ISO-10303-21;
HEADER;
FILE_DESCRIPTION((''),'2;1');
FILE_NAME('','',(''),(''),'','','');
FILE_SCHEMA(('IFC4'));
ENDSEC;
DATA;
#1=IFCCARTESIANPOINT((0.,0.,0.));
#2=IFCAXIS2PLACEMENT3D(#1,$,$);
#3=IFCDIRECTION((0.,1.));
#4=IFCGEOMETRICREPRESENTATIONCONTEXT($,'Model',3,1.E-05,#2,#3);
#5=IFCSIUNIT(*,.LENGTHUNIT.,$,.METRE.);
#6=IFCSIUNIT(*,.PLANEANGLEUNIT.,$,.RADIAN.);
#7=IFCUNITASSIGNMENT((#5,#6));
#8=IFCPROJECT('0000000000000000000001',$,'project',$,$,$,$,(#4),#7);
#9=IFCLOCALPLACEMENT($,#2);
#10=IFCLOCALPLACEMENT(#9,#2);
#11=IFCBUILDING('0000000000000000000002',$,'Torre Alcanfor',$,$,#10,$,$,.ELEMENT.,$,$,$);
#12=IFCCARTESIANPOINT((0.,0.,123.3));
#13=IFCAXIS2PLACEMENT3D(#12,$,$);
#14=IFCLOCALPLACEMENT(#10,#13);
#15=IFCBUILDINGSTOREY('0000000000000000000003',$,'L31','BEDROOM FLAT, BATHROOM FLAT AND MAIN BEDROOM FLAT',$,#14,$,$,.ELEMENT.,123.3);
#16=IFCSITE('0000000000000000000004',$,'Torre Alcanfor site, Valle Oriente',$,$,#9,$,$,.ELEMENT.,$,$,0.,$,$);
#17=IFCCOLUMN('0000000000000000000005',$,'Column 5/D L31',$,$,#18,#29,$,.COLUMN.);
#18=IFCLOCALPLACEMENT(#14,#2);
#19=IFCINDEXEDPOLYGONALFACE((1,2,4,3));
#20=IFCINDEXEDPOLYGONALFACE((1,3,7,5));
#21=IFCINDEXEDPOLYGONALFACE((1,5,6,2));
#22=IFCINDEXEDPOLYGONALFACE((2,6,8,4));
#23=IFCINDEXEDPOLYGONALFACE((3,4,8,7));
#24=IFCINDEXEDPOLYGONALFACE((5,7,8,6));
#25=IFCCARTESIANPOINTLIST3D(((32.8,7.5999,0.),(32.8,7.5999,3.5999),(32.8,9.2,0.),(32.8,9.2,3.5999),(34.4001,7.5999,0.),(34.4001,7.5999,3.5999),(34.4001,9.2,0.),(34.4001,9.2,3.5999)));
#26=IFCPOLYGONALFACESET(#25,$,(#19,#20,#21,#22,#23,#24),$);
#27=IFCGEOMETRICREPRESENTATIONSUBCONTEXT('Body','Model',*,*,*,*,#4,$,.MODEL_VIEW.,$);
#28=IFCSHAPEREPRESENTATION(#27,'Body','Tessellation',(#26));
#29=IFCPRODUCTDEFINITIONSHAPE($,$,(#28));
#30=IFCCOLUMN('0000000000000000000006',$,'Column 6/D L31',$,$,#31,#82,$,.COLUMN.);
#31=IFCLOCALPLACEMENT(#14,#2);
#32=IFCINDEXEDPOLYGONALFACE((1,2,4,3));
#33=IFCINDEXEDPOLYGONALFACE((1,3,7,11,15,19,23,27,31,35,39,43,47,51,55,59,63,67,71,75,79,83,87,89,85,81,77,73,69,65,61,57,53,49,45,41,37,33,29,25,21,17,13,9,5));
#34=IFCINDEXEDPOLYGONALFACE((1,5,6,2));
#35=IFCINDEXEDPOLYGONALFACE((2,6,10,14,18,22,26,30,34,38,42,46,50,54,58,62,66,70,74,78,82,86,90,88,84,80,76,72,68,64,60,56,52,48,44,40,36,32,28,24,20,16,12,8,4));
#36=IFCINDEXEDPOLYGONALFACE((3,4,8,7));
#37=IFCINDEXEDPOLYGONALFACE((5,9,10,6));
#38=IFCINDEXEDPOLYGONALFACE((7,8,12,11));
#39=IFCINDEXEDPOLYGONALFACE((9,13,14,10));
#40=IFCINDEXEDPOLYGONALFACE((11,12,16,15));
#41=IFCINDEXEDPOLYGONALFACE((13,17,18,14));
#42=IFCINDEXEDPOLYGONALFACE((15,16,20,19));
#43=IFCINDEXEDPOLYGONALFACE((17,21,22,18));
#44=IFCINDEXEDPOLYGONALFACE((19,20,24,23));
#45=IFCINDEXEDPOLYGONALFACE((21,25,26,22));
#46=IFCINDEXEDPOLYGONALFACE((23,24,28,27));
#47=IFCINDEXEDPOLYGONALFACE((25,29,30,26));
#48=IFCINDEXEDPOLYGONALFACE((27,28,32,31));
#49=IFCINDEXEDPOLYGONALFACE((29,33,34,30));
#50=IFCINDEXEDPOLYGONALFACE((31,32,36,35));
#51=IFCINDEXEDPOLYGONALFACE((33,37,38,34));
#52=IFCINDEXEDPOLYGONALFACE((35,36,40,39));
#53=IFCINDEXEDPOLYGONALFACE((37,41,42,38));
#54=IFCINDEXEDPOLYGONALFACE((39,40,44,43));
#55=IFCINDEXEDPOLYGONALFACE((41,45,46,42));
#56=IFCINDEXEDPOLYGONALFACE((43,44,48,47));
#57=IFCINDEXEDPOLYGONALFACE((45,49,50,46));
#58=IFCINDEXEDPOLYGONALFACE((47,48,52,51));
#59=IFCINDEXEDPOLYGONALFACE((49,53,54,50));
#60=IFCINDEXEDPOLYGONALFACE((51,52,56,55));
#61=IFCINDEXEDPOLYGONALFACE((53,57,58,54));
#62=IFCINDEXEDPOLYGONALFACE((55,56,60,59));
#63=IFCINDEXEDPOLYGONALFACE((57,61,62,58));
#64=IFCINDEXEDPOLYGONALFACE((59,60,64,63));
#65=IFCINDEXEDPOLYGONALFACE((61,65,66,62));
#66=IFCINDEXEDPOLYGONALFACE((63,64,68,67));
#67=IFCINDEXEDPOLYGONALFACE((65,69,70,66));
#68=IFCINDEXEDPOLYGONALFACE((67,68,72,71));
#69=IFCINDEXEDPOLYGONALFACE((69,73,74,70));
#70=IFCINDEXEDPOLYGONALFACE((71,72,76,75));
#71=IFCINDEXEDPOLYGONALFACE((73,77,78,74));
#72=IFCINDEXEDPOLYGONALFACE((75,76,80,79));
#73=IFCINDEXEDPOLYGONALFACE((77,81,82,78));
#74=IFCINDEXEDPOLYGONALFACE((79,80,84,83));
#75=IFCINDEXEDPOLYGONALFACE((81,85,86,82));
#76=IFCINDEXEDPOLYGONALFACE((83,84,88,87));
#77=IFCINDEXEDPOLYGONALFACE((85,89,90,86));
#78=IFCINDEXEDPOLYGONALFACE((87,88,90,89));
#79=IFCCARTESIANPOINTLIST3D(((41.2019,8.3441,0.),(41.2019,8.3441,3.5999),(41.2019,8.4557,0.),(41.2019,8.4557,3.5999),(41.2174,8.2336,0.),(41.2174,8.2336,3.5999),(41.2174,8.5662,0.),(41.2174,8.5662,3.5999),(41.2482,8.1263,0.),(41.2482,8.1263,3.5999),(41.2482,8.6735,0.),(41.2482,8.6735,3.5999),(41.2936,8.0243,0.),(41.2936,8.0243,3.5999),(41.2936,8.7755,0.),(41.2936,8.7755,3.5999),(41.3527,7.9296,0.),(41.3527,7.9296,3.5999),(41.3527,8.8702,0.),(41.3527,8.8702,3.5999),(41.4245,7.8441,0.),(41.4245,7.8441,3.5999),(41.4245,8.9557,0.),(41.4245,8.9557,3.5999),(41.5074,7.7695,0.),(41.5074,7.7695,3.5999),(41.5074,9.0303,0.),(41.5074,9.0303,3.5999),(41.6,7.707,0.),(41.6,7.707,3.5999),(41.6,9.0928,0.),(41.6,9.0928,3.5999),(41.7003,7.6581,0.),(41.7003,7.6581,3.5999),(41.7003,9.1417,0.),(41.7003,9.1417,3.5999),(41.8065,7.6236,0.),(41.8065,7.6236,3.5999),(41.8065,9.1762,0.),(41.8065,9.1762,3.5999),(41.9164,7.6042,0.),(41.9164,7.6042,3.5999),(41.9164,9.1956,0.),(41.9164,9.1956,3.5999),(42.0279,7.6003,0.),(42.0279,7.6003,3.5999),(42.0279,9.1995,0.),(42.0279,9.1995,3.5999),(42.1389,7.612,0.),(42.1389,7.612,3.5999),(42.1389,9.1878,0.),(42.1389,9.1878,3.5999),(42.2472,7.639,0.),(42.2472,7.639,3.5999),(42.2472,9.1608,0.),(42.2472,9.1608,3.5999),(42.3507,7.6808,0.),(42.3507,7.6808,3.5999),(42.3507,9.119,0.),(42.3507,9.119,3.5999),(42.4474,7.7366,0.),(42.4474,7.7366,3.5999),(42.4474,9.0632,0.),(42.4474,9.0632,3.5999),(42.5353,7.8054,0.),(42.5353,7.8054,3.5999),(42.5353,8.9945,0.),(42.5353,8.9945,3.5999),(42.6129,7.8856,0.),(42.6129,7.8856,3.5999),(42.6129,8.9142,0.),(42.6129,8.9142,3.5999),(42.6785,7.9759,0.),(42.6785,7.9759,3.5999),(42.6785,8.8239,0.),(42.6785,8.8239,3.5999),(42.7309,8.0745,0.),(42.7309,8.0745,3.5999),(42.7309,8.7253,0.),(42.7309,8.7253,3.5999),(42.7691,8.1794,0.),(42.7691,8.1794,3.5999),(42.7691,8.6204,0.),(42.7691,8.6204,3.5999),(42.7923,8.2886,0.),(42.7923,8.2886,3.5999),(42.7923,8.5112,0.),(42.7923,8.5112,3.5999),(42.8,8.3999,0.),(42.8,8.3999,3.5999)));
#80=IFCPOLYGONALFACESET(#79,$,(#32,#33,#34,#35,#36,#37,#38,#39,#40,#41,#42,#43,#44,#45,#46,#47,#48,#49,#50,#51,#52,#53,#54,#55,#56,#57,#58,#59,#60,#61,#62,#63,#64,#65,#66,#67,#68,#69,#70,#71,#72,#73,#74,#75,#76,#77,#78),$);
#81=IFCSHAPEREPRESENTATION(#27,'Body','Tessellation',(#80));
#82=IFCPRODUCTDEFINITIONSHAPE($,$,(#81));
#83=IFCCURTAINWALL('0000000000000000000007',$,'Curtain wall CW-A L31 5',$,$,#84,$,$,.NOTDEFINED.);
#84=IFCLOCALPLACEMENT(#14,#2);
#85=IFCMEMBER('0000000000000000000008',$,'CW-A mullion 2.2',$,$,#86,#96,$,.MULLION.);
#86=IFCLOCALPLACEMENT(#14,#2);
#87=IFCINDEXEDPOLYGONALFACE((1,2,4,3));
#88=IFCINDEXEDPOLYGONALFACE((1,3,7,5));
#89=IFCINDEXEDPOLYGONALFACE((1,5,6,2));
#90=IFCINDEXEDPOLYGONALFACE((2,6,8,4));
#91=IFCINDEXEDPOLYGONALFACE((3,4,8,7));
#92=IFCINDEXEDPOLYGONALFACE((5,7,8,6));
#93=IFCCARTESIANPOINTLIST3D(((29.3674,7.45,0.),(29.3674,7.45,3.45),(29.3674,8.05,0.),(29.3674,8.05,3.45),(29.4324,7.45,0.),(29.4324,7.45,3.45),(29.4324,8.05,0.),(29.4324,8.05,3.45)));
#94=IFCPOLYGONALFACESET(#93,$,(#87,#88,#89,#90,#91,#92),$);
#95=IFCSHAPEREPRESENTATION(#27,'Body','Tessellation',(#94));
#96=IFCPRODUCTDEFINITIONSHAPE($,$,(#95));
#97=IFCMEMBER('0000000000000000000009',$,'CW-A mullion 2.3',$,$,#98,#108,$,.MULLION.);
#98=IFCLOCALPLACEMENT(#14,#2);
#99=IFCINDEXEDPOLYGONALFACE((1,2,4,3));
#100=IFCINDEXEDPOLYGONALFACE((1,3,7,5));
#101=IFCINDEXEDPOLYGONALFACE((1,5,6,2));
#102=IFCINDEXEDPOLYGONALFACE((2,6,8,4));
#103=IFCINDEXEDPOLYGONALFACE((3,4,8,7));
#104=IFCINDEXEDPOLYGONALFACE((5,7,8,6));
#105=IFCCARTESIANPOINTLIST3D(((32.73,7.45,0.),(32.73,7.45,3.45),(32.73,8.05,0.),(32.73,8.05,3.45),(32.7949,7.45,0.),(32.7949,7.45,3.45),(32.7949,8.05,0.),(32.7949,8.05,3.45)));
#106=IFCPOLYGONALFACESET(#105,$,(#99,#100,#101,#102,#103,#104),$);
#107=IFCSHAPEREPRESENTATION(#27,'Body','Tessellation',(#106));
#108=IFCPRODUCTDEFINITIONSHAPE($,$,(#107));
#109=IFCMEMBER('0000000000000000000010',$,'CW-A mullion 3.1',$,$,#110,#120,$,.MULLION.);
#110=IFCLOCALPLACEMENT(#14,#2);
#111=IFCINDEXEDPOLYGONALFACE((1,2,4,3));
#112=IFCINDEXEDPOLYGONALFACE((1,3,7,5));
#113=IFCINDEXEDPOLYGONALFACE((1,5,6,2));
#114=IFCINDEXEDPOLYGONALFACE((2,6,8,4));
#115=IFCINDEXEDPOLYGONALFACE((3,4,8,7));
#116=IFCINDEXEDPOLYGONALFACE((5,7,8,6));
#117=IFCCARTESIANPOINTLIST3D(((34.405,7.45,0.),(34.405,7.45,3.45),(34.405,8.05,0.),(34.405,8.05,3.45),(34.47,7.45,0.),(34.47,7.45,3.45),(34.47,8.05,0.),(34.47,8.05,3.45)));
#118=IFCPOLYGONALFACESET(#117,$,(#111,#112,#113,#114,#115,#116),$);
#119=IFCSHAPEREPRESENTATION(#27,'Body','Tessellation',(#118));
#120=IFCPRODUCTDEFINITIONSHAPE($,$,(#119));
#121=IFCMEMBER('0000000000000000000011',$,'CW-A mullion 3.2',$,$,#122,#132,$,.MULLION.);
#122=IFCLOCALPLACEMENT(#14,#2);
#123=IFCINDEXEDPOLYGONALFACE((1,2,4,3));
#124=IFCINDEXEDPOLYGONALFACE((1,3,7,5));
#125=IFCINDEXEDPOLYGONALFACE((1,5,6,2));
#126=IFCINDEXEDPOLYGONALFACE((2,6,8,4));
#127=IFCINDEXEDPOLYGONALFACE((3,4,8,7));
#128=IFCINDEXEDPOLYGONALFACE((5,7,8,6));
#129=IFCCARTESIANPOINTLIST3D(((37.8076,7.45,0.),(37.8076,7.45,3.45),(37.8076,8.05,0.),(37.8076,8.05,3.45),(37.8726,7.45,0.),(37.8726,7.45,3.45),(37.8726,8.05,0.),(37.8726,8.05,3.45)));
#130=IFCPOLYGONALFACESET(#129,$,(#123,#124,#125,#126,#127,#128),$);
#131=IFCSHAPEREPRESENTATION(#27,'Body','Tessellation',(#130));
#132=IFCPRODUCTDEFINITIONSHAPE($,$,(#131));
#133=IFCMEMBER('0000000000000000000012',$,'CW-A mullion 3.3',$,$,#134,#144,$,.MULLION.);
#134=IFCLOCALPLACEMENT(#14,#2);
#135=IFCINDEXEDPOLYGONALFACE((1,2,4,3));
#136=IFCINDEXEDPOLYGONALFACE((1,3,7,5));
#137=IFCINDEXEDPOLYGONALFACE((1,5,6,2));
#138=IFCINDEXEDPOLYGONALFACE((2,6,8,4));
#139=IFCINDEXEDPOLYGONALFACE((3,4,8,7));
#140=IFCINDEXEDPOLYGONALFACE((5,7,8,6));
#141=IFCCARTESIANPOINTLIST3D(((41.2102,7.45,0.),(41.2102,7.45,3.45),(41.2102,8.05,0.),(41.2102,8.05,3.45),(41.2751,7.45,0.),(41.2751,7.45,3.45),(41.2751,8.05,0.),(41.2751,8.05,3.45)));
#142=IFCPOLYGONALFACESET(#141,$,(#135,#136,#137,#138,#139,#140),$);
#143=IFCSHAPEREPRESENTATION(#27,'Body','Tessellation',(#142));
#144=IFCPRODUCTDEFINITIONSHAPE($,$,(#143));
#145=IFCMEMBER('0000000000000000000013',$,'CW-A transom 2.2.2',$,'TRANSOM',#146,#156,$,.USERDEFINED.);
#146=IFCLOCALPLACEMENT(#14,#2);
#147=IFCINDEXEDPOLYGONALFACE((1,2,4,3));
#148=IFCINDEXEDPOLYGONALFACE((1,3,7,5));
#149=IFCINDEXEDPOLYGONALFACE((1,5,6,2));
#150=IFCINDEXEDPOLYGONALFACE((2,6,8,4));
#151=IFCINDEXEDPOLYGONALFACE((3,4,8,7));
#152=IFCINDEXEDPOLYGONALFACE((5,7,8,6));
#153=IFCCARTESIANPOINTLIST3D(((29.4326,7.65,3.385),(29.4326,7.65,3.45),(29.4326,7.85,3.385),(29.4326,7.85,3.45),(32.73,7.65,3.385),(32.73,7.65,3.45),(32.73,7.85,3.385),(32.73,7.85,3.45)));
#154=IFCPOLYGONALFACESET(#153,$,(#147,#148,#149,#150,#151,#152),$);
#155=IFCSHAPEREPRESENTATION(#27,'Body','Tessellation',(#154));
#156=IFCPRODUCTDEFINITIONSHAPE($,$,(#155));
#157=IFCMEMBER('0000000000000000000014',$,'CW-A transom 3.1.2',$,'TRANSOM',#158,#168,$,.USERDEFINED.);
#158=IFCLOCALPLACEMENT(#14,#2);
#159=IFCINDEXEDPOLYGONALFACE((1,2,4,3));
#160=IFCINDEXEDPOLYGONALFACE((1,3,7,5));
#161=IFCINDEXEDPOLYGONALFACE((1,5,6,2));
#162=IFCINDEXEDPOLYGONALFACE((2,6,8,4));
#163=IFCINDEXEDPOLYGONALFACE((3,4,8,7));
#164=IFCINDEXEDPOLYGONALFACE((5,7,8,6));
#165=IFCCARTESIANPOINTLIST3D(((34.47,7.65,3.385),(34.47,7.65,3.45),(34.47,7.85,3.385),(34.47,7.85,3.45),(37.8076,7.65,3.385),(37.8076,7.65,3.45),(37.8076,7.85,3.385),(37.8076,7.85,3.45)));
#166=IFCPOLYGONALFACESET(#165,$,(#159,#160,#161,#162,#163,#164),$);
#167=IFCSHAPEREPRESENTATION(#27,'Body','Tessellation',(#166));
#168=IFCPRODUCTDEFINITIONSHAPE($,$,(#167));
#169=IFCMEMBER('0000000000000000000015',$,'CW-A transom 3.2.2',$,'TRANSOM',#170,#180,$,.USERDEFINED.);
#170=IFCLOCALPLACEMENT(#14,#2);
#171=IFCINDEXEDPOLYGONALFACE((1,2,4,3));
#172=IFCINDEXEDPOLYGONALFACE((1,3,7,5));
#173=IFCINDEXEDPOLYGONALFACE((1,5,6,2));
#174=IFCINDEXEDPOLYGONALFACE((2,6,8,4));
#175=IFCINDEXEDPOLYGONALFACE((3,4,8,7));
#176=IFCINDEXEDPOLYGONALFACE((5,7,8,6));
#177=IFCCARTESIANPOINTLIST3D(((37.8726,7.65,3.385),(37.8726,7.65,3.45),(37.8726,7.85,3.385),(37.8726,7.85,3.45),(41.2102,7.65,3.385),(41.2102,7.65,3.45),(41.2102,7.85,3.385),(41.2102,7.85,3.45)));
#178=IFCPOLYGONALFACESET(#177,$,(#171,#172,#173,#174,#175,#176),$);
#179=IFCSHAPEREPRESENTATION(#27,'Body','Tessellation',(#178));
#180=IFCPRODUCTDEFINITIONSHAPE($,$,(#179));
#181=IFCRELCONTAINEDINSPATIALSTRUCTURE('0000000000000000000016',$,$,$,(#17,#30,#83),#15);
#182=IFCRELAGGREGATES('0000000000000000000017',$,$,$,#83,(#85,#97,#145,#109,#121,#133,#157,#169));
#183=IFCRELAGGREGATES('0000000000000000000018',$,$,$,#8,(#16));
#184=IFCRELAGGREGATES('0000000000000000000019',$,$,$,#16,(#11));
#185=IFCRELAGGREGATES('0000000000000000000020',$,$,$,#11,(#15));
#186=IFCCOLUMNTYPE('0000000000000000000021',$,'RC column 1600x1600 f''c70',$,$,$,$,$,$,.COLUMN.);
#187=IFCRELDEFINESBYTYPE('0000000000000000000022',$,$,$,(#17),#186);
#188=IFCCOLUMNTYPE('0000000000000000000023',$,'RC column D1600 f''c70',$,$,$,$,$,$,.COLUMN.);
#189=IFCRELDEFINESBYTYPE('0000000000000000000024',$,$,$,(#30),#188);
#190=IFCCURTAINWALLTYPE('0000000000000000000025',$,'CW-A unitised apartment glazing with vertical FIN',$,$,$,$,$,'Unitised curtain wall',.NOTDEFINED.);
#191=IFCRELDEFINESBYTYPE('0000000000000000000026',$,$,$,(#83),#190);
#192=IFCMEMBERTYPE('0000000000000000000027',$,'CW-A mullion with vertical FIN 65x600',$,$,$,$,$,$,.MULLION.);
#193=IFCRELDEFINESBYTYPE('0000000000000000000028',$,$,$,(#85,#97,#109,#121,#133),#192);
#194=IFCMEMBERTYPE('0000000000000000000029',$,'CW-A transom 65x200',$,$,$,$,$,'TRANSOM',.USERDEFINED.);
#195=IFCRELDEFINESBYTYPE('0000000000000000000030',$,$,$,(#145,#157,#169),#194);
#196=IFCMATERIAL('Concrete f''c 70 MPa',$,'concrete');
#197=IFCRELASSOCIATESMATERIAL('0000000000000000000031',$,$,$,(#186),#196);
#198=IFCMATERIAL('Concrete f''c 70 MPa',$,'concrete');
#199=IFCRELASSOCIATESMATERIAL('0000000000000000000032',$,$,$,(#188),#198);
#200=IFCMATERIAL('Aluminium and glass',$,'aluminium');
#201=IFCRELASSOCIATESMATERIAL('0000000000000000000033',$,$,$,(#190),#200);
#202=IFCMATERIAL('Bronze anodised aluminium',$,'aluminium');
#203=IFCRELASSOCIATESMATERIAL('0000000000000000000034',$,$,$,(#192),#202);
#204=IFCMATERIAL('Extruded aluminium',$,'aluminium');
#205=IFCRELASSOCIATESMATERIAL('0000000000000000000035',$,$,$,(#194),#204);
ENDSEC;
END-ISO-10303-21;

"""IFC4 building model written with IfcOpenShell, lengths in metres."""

from ifc_helpers import new_model, si_unit, direction, frame, origin, origin_2d, place, context, subcontext, project, spatial, rectangle, circle, extrude, material, material_profile, profile_set, type_object, element, aggregate, save


model = new_model("IFC4")

# Units and contexts
model_context = context("Model", 3, precision=1e-05, world=origin(), true_north=direction((0.0, 1.0)))
body_context = subcontext(model_context, "Body", "Model", "MODEL_VIEW")
ifc_project = project(units=[si_unit("LENGTHUNIT", "METRE"), si_unit("PLANEANGLEUNIT", "RADIAN")], contexts=[model_context])

# Site, building, storey
site_placement = place(None, origin())
site = spatial("IfcSite", under=ifc_project, at=site_placement, Name="Torre Alcanfor site, Valle Oriente", CompositionType="ELEMENT", RefElevation=0.0)
building_placement = place(site_placement, origin())
building = spatial("IfcBuilding", under=site, at=building_placement, Name="Torre Alcanfor", CompositionType="ELEMENT")
storey_placement = place(building_placement, frame((0.0, 0.0, 123.3)))
storey = spatial("IfcBuildingStorey", under=building, at=storey_placement, Name="L31", Description="BEDROOM FLAT, BATHROOM FLAT AND MAIN BEDROOM FLAT", CompositionType="ELEMENT", Elevation=123.3)

# Columns
ifc_material_1 = material(Name="Concrete f'c 70 MPa", Category="concrete")
ifc_material_profile_1 = material_profile(ifc_material_1, rectangle(XDim=1.6001, YDim=1.6001, at=origin_2d()), Name="1600x1600")
ifc_profile_set_1 = profile_set([ifc_material_profile_1], Name="Concrete f'c 70 MPa")
column_type_1 = type_object("IfcColumnType", Name="RC column 1600x1600 f'c70", PredefinedType="COLUMN", material=ifc_profile_set_1)
column_1_placement = place(storey_placement, frame((33.6001, 8.3999, 0.0), z_axis=(0.0, 0.0, 1.0), x_axis=(1.0, 0.0, 0.0)))
element("IfcColumn", 1, at=column_1_placement, inside=storey, type_object=column_type_1, Name="Column 5/D L31", PredefinedType="COLUMN", context=body_context, shape_type="SweptSolid", body=[
    extrude(rectangle(XDim=1.6001, YDim=1.6001, at=origin_2d()), origin(), (0.0, 0.0, 1.0), 3.5999),
])
ifc_material_2 = material(Name="Concrete f'c 70 MPa", Category="concrete")
ifc_material_profile_2 = material_profile(ifc_material_2, circle(Radius=0.8, at=origin_2d()), Name="D1600")
ifc_profile_set_2 = profile_set([ifc_material_profile_2], Name="Concrete f'c 70 MPa")
column_type_2 = type_object("IfcColumnType", Name="RC column D1600 f'c70", PredefinedType="COLUMN", material=ifc_profile_set_2)
column_2_placement = place(storey_placement, frame((42.0, 8.3999, 0.0), z_axis=(0.0, 0.0, 1.0), x_axis=(1.0, 0.0, 0.0)))
element("IfcColumn", 2, at=column_2_placement, inside=storey, type_object=column_type_2, Name="Column 6/D L31", PredefinedType="COLUMN", context=body_context, shape_type="SweptSolid", body=[
    extrude(circle(Radius=0.8, at=origin_2d()), origin(), (0.0, 0.0, 1.0), 3.5999),
])

# Curtain wall, members
ifc_material_3 = material(Name="Aluminium and glass", Category="aluminium")
curtain_wall_type = type_object("IfcCurtainWallType", Name="CW-A unitised apartment glazing with vertical FIN", ElementType="Unitised curtain wall", PredefinedType="NOTDEFINED", material=ifc_material_3)
curtain_wall_placement = place(storey_placement, origin())
curtain_wall = element("IfcCurtainWall", 3, at=curtain_wall_placement, inside=storey, type_object=curtain_wall_type, Name="Curtain wall CW-A L31 5", PredefinedType="NOTDEFINED")
ifc_material_4 = material(Name="Bronze anodised aluminium", Category="aluminium")
ifc_material_profile_3 = material_profile(ifc_material_4, rectangle(XDim=0.6001, YDim=0.0649, at=origin_2d()), Name="CW-A mullion 65x600")
ifc_profile_set_3 = profile_set([ifc_material_profile_3], Name="Bronze anodised aluminium")
member_type_1 = type_object("IfcMemberType", Name="CW-A mullion with vertical FIN 65x600", PredefinedType="MULLION", material=ifc_profile_set_3)
member_1_placement = place(storey_placement, frame((29.3999, 7.75, 0.0), z_axis=(0.0, 0.0, 1.0), x_axis=(0.0, 1.0, 0.0)))
member_1 = element("IfcMember", 4, at=member_1_placement, type_object=member_type_1, Name="CW-A mullion 2.2", PredefinedType="MULLION", context=body_context, shape_type="SweptSolid", body=[
    extrude(rectangle(XDim=0.6001, YDim=0.0649, at=origin_2d()), origin(), (0.0, 0.0, 1.0), 3.45),
])
member_2_placement = place(storey_placement, frame((32.7625, 7.75, 0.0), z_axis=(0.0, 0.0, 1.0), x_axis=(0.0, 1.0, 0.0)))
member_2 = element("IfcMember", 5, at=member_2_placement, type_object=member_type_1, Name="CW-A mullion 2.3", PredefinedType="MULLION", context=body_context, shape_type="SweptSolid", body=[
    extrude(rectangle(XDim=0.6001, YDim=0.0649, at=origin_2d()), origin(), (0.0, 0.0, 1.0), 3.45),
])
member_3_placement = place(storey_placement, frame((34.4375, 7.75, 0.0), z_axis=(0.0, 0.0, 1.0), x_axis=(0.0, 1.0, 0.0)))
member_3 = element("IfcMember", 6, at=member_3_placement, type_object=member_type_1, Name="CW-A mullion 3.1", PredefinedType="MULLION", context=body_context, shape_type="SweptSolid", body=[
    extrude(rectangle(XDim=0.6001, YDim=0.0649, at=origin_2d()), origin(), (0.0, 0.0, 1.0), 3.45),
])
member_4_placement = place(storey_placement, frame((37.8401, 7.75, 0.0), z_axis=(0.0, 0.0, 1.0), x_axis=(0.0, 1.0, 0.0)))
member_4 = element("IfcMember", 7, at=member_4_placement, type_object=member_type_1, Name="CW-A mullion 3.2", PredefinedType="MULLION", context=body_context, shape_type="SweptSolid", body=[
    extrude(rectangle(XDim=0.6001, YDim=0.0649, at=origin_2d()), origin(), (0.0, 0.0, 1.0), 3.45),
])
member_5_placement = place(storey_placement, frame((41.2427, 7.75, 0.0), z_axis=(0.0, 0.0, 1.0), x_axis=(0.0, 1.0, 0.0)))
member_5 = element("IfcMember", 8, at=member_5_placement, type_object=member_type_1, Name="CW-A mullion 3.3", PredefinedType="MULLION", context=body_context, shape_type="SweptSolid", body=[
    extrude(rectangle(XDim=0.6001, YDim=0.0649, at=origin_2d()), origin(), (0.0, 0.0, 1.0), 3.45),
])
ifc_material_5 = material(Name="Extruded aluminium", Category="aluminium")
ifc_material_profile_4 = material_profile(ifc_material_5, rectangle(XDim=0.2, YDim=0.0649, at=origin_2d()), Name="CW-A transom 200x65")
ifc_profile_set_4 = profile_set([ifc_material_profile_4], Name="Extruded aluminium")
member_type_2 = type_object("IfcMemberType", Name="CW-A transom 65x200", ElementType="TRANSOM", PredefinedType="USERDEFINED", material=ifc_profile_set_4)
member_6_placement = place(storey_placement, frame((29.4326, 7.75, 3.4175), z_axis=(1.0, 0.0, 0.0), x_axis=(0.0, 1.0, 0.0)))
member_6 = element("IfcMember", 9, at=member_6_placement, type_object=member_type_2, Name="CW-A transom 2.2.2", ObjectType="TRANSOM", PredefinedType="USERDEFINED", context=body_context, shape_type="SweptSolid", body=[
    extrude(rectangle(XDim=0.2, YDim=0.0649, at=origin_2d()), origin(), (0.0, 0.0, 1.0), 3.2974),
])
member_7_placement = place(storey_placement, frame((34.47, 7.75, 3.4175), z_axis=(1.0, 0.0, 0.0), x_axis=(0.0, 1.0, 0.0)))
member_7 = element("IfcMember", 10, at=member_7_placement, type_object=member_type_2, Name="CW-A transom 3.1.2", ObjectType="TRANSOM", PredefinedType="USERDEFINED", context=body_context, shape_type="SweptSolid", body=[
    extrude(rectangle(XDim=0.2, YDim=0.0649, at=origin_2d()), origin(), (0.0, 0.0, 1.0), 3.3376),
])
member_8_placement = place(storey_placement, frame((37.8726, 7.75, 3.4175), z_axis=(1.0, 0.0, 0.0), x_axis=(0.0, 1.0, 0.0)))
member_8 = element("IfcMember", 11, at=member_8_placement, type_object=member_type_2, Name="CW-A transom 3.2.2", ObjectType="TRANSOM", PredefinedType="USERDEFINED", context=body_context, shape_type="SweptSolid", body=[
    extrude(rectangle(XDim=0.2, YDim=0.0649, at=origin_2d()), origin(), (0.0, 0.0, 1.0), 3.3376),
])

aggregate(curtain_wall, [member_1, member_2, member_6, member_3, member_4, member_5, member_7, member_8])

save(model, "model.ifc")
